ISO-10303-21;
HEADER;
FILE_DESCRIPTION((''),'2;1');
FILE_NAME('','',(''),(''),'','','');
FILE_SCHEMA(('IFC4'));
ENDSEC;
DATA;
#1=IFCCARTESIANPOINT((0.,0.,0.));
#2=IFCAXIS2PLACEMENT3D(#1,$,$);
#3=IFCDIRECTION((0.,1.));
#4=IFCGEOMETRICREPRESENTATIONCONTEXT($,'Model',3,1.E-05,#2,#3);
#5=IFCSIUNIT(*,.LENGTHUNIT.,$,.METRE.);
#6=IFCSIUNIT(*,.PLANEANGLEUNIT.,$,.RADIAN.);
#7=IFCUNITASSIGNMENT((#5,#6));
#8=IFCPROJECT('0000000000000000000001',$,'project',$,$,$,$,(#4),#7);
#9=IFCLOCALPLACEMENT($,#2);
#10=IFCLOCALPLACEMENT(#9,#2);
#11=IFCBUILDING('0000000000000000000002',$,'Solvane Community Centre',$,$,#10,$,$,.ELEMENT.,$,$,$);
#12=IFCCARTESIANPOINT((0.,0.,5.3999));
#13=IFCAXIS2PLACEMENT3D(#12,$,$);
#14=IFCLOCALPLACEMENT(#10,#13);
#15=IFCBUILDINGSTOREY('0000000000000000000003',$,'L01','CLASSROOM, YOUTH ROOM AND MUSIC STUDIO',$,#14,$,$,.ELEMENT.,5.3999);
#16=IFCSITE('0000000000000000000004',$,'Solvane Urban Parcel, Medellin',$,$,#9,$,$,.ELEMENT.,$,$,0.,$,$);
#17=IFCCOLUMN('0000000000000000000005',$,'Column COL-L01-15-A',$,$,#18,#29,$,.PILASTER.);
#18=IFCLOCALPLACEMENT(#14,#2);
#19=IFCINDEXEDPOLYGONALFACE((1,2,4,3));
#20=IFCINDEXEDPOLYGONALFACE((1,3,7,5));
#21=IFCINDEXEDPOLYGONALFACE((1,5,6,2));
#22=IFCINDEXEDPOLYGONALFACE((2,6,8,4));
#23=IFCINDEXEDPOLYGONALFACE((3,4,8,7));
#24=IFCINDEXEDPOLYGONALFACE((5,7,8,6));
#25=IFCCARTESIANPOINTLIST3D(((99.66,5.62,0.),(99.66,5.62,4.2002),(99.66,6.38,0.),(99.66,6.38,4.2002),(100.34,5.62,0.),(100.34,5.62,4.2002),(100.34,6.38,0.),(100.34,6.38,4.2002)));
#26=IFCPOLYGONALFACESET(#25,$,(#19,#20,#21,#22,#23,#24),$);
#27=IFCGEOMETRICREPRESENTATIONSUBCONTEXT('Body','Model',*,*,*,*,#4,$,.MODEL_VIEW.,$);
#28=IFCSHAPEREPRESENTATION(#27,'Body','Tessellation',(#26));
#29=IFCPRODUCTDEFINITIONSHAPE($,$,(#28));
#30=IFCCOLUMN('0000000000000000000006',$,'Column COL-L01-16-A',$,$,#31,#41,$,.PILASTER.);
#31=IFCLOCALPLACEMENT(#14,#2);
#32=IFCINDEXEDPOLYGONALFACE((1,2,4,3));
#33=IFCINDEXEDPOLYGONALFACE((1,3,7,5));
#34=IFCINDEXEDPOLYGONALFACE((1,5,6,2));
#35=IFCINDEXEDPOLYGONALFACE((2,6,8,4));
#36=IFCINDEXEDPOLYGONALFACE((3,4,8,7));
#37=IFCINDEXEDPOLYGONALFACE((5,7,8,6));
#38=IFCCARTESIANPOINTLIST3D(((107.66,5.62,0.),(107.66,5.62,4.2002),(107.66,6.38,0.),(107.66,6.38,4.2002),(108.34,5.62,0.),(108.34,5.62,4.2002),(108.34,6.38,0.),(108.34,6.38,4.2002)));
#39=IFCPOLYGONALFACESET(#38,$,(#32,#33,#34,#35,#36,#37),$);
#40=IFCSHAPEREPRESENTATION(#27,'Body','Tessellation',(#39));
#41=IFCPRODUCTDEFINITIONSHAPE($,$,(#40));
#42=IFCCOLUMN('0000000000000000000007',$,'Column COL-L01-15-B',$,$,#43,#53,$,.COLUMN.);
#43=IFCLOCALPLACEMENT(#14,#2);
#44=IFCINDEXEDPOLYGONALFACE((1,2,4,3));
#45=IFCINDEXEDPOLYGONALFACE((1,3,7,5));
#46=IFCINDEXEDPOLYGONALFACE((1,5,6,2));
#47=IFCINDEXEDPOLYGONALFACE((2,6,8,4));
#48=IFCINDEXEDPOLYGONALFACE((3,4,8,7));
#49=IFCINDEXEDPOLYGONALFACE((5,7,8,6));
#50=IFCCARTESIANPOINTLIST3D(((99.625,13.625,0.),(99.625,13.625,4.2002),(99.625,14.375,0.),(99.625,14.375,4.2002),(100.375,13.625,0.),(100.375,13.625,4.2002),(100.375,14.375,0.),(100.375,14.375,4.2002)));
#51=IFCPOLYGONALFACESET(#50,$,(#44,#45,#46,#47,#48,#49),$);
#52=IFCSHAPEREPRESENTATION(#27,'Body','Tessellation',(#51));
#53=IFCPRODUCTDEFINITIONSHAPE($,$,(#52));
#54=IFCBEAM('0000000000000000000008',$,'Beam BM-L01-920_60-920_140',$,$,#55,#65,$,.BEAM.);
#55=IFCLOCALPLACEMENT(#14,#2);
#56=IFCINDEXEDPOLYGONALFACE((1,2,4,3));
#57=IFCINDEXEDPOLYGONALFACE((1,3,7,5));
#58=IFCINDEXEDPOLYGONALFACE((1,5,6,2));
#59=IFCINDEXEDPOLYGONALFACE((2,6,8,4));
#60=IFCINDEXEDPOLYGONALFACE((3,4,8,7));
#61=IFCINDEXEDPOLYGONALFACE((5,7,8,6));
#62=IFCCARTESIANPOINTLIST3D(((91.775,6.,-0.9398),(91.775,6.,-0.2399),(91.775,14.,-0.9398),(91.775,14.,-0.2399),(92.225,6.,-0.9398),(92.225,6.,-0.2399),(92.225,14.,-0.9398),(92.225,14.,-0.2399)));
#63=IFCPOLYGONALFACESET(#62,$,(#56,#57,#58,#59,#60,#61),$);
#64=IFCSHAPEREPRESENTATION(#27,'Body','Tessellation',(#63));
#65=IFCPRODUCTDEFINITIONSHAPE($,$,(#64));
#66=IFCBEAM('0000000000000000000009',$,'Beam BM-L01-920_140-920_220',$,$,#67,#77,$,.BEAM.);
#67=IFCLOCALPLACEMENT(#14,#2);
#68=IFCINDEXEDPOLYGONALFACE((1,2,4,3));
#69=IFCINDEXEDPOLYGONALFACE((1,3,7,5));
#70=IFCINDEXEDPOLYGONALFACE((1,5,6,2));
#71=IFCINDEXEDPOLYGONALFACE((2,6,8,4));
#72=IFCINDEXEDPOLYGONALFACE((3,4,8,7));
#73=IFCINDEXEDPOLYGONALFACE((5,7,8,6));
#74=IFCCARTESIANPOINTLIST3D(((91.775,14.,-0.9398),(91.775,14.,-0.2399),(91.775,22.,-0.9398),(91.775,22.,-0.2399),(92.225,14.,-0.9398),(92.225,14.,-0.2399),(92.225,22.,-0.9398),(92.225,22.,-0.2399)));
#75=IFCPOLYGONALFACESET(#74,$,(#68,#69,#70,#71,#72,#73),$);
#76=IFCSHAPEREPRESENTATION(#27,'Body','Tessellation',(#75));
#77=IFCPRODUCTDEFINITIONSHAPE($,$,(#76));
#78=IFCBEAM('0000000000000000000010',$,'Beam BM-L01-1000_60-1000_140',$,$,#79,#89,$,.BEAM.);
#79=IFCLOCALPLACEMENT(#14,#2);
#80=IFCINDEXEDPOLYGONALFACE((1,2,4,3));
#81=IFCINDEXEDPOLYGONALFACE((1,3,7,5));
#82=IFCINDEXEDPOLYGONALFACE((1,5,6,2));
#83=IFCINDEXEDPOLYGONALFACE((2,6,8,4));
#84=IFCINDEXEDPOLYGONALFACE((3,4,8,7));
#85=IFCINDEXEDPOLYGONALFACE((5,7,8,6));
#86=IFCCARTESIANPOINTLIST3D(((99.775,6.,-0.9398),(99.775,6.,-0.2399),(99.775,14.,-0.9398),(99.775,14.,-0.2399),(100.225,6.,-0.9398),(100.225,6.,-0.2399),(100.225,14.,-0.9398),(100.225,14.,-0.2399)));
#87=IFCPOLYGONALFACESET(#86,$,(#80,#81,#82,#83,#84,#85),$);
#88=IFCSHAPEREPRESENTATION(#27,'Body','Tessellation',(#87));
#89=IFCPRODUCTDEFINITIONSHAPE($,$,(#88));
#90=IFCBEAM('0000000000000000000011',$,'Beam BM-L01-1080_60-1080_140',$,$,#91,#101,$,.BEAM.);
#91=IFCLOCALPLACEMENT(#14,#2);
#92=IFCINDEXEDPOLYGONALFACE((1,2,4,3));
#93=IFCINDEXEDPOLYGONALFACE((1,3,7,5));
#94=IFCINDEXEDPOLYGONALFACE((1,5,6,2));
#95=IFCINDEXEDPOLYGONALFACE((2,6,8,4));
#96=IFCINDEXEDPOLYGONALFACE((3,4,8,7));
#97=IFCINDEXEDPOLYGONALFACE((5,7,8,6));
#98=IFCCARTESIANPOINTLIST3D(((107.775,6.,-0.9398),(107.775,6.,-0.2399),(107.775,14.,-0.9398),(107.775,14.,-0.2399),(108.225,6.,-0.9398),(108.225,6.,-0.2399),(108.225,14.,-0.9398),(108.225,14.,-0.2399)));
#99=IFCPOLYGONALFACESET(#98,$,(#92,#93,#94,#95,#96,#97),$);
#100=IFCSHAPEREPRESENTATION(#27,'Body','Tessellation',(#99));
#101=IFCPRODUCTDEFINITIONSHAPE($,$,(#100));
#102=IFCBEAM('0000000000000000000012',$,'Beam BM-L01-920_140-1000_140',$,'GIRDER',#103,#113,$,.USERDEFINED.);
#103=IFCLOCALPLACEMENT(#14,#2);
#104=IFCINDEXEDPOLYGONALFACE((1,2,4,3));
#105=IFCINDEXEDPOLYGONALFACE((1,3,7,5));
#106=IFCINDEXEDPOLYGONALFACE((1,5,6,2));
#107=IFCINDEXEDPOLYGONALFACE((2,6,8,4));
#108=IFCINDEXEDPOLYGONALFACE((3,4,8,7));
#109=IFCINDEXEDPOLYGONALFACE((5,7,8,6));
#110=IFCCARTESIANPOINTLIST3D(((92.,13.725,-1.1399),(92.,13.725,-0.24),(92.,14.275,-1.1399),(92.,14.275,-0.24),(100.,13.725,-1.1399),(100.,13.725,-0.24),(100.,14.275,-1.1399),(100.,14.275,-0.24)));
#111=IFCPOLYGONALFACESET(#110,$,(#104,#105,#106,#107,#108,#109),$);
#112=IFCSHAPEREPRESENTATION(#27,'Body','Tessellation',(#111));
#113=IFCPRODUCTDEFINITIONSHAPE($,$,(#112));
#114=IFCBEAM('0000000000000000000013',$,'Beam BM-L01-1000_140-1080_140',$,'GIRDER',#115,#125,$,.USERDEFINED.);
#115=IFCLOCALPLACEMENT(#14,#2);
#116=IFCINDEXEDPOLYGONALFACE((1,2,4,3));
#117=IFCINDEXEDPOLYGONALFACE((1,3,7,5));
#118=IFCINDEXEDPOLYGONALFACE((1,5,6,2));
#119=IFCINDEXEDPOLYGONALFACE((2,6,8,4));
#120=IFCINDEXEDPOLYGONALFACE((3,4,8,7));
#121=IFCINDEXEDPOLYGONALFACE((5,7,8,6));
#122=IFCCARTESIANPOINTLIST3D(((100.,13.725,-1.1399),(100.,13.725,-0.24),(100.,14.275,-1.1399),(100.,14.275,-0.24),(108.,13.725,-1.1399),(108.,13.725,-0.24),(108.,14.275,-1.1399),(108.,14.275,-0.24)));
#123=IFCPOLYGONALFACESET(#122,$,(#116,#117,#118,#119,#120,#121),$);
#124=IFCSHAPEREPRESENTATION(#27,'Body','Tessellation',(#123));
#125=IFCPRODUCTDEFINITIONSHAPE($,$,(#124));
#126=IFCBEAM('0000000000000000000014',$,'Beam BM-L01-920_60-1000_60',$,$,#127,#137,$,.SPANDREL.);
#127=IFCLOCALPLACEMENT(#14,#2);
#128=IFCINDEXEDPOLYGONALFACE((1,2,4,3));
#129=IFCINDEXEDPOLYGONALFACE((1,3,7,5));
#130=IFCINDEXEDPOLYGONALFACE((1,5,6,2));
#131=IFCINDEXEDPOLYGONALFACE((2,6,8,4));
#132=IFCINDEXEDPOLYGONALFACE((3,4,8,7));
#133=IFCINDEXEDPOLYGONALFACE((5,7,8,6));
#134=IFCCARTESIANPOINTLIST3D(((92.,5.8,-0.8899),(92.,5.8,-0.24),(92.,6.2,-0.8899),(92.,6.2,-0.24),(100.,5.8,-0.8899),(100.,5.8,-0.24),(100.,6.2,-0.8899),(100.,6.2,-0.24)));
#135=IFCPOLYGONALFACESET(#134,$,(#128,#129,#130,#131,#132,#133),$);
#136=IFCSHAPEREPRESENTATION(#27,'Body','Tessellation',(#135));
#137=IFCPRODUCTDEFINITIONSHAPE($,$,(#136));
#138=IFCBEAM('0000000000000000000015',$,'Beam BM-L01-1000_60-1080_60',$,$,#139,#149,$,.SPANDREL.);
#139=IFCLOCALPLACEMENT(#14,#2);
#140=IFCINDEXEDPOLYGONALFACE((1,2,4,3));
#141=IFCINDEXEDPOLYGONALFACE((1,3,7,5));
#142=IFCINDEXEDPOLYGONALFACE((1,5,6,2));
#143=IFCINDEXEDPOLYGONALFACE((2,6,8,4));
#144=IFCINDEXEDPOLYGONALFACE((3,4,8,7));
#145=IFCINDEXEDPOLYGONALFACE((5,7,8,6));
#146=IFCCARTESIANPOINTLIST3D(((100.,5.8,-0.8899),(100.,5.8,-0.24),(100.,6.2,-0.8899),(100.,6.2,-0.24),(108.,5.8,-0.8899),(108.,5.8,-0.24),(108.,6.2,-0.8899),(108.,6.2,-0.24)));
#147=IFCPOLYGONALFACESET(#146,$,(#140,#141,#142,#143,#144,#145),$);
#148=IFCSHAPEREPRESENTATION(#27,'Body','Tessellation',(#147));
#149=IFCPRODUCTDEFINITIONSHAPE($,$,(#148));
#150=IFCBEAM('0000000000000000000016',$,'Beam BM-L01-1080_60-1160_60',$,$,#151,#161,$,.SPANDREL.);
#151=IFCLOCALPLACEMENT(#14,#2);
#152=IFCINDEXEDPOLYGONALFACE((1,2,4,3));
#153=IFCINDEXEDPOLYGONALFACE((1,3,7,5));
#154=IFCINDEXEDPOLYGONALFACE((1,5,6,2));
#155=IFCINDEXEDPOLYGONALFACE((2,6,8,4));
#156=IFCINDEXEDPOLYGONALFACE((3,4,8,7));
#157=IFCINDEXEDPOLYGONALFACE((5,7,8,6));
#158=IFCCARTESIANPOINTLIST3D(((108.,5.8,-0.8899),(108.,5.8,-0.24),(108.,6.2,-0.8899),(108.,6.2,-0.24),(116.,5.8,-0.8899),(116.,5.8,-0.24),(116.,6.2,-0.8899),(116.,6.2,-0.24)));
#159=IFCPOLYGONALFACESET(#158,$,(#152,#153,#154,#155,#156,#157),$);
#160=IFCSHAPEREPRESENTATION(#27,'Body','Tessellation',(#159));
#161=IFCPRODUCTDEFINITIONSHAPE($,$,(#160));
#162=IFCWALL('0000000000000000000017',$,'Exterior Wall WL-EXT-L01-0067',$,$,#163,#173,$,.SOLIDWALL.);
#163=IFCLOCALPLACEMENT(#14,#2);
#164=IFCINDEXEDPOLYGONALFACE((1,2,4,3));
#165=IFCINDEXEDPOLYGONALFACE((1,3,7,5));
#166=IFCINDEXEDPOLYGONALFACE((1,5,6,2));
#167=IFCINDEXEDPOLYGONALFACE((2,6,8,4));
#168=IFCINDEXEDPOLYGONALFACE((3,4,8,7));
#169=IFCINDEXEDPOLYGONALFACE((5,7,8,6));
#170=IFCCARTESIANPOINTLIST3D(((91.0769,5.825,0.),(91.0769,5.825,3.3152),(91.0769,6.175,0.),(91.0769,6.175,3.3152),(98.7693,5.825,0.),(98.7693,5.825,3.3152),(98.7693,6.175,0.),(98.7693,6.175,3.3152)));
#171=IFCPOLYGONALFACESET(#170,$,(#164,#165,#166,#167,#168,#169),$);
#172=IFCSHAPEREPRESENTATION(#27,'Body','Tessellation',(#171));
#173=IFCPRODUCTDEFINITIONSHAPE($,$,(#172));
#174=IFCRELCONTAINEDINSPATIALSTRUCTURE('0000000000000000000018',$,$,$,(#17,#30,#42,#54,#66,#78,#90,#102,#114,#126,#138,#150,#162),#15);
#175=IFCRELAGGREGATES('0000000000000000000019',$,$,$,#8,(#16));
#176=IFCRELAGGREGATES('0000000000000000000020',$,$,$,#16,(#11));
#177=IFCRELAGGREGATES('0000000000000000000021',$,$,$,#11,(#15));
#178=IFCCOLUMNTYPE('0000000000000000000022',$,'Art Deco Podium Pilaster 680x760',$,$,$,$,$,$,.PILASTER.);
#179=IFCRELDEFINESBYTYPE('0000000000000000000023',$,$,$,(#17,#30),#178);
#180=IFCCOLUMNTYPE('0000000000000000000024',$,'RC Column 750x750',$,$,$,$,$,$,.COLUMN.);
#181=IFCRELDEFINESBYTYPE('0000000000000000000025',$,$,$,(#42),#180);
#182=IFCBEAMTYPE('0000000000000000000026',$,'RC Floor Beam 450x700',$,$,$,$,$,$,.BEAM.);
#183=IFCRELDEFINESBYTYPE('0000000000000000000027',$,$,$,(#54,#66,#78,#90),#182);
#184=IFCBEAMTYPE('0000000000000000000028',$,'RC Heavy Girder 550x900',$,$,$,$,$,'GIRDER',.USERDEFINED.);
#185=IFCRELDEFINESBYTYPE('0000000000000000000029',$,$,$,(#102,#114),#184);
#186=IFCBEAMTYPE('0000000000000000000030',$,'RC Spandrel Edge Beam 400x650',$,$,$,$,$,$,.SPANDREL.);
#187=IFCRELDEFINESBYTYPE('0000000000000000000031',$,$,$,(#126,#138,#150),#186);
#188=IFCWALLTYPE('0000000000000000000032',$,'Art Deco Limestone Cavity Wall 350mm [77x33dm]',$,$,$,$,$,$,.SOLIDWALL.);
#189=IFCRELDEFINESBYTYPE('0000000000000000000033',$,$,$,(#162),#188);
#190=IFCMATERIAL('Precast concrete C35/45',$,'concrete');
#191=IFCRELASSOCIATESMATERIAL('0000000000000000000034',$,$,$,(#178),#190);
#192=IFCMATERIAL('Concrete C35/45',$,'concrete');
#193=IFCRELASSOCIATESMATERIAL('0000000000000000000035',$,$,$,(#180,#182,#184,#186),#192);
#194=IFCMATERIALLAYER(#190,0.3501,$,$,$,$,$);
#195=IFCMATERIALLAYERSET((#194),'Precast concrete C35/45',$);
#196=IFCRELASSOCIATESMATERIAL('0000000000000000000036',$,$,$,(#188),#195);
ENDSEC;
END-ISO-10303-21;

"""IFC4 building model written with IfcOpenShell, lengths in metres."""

from ifc_helpers import new_model, si_unit, direction, frame, frame_2d, origin, origin_2d, place, context, subcontext, project, spatial, rectangle, extrude, material, layer, layer_set, material_profile, profile_set, type_object, element, save


model = new_model("IFC4")

# Units and contexts
model_context = context("Model", 3, precision=1e-05, world=origin(), true_north=direction((0.0, 1.0)))
body_context = subcontext(model_context, "Body", "Model", "MODEL_VIEW")
ifc_project = project(units=[si_unit("LENGTHUNIT", "METRE"), si_unit("PLANEANGLEUNIT", "RADIAN")], contexts=[model_context])

# Site, building, storey
site_placement = place(None, origin())
site = spatial("IfcSite", under=ifc_project, at=site_placement, Name="Solvane Urban Parcel, Medellin", CompositionType="ELEMENT", RefElevation=0.0)
building_placement = place(site_placement, origin())
building = spatial("IfcBuilding", under=site, at=building_placement, Name="Solvane Community Centre", CompositionType="ELEMENT")
storey_placement = place(building_placement, frame((0.0, 0.0, 5.3999)))
storey = spatial("IfcBuildingStorey", under=building, at=storey_placement, Name="L01", Description="CLASSROOM, YOUTH ROOM AND MUSIC STUDIO", CompositionType="ELEMENT", Elevation=5.3999)

# Columns
ifc_material_1 = material(Name="Precast concrete C35/45", Category="concrete")
ifc_material_profile_1 = material_profile(ifc_material_1, rectangle(XDim=0.6799, YDim=0.76, at=origin_2d()), Name="RC 680x760")
ifc_profile_set_1 = profile_set([ifc_material_profile_1], Name="Precast concrete C35/45")
column_type_1 = type_object("IfcColumnType", Name="Art Deco Podium Pilaster 680x760", PredefinedType="PILASTER", material=ifc_profile_set_1)
for number, where, z_axis, x_axis, name in (
    (1, (100.0, 6.0, 0.0), (0.0, 0.0, 1.0), (1.0, 0.0, 0.0), "Column COL-L01-15-A"),
    (2, (108.0, 6.0, 0.0), (0.0, 0.0, 1.0), (1.0, 0.0, 0.0), "Column COL-L01-16-A"),
):
    element("IfcColumn", number, at=place(storey_placement, frame(where, z_axis=z_axis, x_axis=x_axis)), inside=storey, type_object=column_type_1, Name=name, PredefinedType="PILASTER", context=body_context, shape_type="SweptSolid", body=[
        extrude(rectangle(XDim=0.6799, YDim=0.76, at=origin_2d()), origin(), (0.0, 0.0, 1.0), 4.2002),
    ])
ifc_material_2 = material(Name="Concrete C35/45", Category="concrete")
ifc_material_profile_2 = material_profile(ifc_material_2, rectangle(XDim=0.75, YDim=0.75, at=origin_2d()), Name="RC 750x750")
ifc_profile_set_2 = profile_set([ifc_material_profile_2], Name="Concrete C35/45")
column_type_2 = type_object("IfcColumnType", Name="RC Column 750x750", PredefinedType="COLUMN", material=ifc_profile_set_2)
column_placement = place(storey_placement, frame((100.0, 14.0, 0.0), z_axis=(0.0, 0.0, 1.0), x_axis=(1.0, 0.0, 0.0)))
element("IfcColumn", 3, at=column_placement, inside=storey, type_object=column_type_2, Name="Column COL-L01-15-B", PredefinedType="COLUMN", context=body_context, shape_type="SweptSolid", body=[
    extrude(rectangle(XDim=0.75, YDim=0.75, at=origin_2d()), origin(), (0.0, 0.0, 1.0), 4.2002),
])

# Beams
ifc_material_profile_3 = material_profile(ifc_material_2, rectangle(XDim=0.45, YDim=0.7, at=origin_2d()), Name="RC 450x700")
ifc_profile_set_3 = profile_set([ifc_material_profile_3], Name="Concrete C35/45")
beam_type_1 = type_object("IfcBeamType", Name="RC Floor Beam 450x700", PredefinedType="BEAM", material=ifc_profile_set_3)
for number, where, z_axis, x_axis, name in (
    (4, (92.0, 6.0, -0.5898), (0.0, 1.0, 0.0), (-1.0, 0.0, 0.0), "Beam BM-L01-920_60-920_140"),
    (5, (92.0, 14.0, -0.5898), (0.0, 1.0, 0.0), (-1.0, 0.0, 0.0), "Beam BM-L01-920_140-920_220"),
    (6, (100.0, 6.0, -0.5898), (0.0, 1.0, 0.0), (-1.0, 0.0, 0.0), "Beam BM-L01-1000_60-1000_140"),
    (7, (108.0, 6.0, -0.5898), (0.0, 1.0, 0.0), (-1.0, 0.0, 0.0), "Beam BM-L01-1080_60-1080_140"),
):
    element("IfcBeam", number, at=place(storey_placement, frame(where, z_axis=z_axis, x_axis=x_axis)), inside=storey, type_object=beam_type_1, Name=name, PredefinedType="BEAM", context=body_context, shape_type="SweptSolid", body=[
        extrude(rectangle(XDim=0.45, YDim=0.7, at=origin_2d()), origin(), (0.0, 0.0, 1.0), 8.0),
    ])
ifc_material_profile_4 = material_profile(ifc_material_2, rectangle(XDim=0.55, YDim=0.8999, at=origin_2d()), Name="RC 550x900")
ifc_profile_set_4 = profile_set([ifc_material_profile_4], Name="Concrete C35/45")
beam_type_2 = type_object("IfcBeamType", Name="RC Heavy Girder 550x900", ElementType="GIRDER", PredefinedType="USERDEFINED", material=ifc_profile_set_4)
for number, where, z_axis, x_axis, name in (
    (8, (92.0, 14.0, -0.6899), (1.0, 0.0, 0.0), (0.0, 1.0, 0.0), "Beam BM-L01-920_140-1000_140"),
    (9, (100.0, 14.0, -0.6899), (1.0, 0.0, 0.0), (0.0, 1.0, 0.0), "Beam BM-L01-1000_140-1080_140"),
):
    element("IfcBeam", number, at=place(storey_placement, frame(where, z_axis=z_axis, x_axis=x_axis)), inside=storey, type_object=beam_type_2, Name=name, ObjectType="GIRDER", PredefinedType="USERDEFINED", context=body_context, shape_type="SweptSolid", body=[
        extrude(rectangle(XDim=0.55, YDim=0.8999, at=origin_2d()), origin(), (0.0, 0.0, 1.0), 8.0),
    ])
ifc_material_profile_5 = material_profile(ifc_material_2, rectangle(XDim=0.3999, YDim=0.6499, at=origin_2d()), Name="RC 400x650")
ifc_profile_set_5 = profile_set([ifc_material_profile_5], Name="Concrete C35/45")
beam_type_3 = type_object("IfcBeamType", Name="RC Spandrel Edge Beam 400x650", PredefinedType="SPANDREL", material=ifc_profile_set_5)
for number, where, z_axis, x_axis, name in (
    (10, (92.0, 6.0, -0.5649), (1.0, 0.0, 0.0), (0.0, 1.0, 0.0), "Beam BM-L01-920_60-1000_60"),
    (11, (100.0, 6.0, -0.5649), (1.0, 0.0, 0.0), (0.0, 1.0, 0.0), "Beam BM-L01-1000_60-1080_60"),
    (12, (108.0, 6.0, -0.5649), (1.0, 0.0, 0.0), (0.0, 1.0, 0.0), "Beam BM-L01-1080_60-1160_60"),
):
    element("IfcBeam", number, at=place(storey_placement, frame(where, z_axis=z_axis, x_axis=x_axis)), inside=storey, type_object=beam_type_3, Name=name, PredefinedType="SPANDREL", context=body_context, shape_type="SweptSolid", body=[
        extrude(rectangle(XDim=0.3999, YDim=0.6499, at=origin_2d()), origin(), (0.0, 0.0, 1.0), 8.0),
    ])

# Wall
ifc_layer_1 = layer(ifc_material_1, 0.3501)
ifc_layer_set_1 = layer_set([ifc_layer_1], Name="Precast concrete C35/45")
wall_type_1 = type_object("IfcWallType", Name="Art Deco Limestone Cavity Wall 350mm [77x33dm]", PredefinedType="SOLIDWALL", material=ifc_layer_set_1)
wall_1_placement = place(storey_placement, frame((98.7693, 6.0, 0.0), z_axis=(0.0, 0.0, 1.0), x_axis=(-1.0, 0.0, 0.0)))
element("IfcWall", 13, at=wall_1_placement, inside=storey, type_object=wall_type_1, Name="Exterior Wall WL-EXT-L01-0067", PredefinedType="SOLIDWALL", context=body_context, shape_type="SweptSolid", body=[
    extrude(rectangle(XDim=7.6924, YDim=0.3501, at=frame_2d((3.8462, 0.0))), origin(), (0.0, 0.0, 1.0), 3.3152),
])

save(model, "model.ifc")
